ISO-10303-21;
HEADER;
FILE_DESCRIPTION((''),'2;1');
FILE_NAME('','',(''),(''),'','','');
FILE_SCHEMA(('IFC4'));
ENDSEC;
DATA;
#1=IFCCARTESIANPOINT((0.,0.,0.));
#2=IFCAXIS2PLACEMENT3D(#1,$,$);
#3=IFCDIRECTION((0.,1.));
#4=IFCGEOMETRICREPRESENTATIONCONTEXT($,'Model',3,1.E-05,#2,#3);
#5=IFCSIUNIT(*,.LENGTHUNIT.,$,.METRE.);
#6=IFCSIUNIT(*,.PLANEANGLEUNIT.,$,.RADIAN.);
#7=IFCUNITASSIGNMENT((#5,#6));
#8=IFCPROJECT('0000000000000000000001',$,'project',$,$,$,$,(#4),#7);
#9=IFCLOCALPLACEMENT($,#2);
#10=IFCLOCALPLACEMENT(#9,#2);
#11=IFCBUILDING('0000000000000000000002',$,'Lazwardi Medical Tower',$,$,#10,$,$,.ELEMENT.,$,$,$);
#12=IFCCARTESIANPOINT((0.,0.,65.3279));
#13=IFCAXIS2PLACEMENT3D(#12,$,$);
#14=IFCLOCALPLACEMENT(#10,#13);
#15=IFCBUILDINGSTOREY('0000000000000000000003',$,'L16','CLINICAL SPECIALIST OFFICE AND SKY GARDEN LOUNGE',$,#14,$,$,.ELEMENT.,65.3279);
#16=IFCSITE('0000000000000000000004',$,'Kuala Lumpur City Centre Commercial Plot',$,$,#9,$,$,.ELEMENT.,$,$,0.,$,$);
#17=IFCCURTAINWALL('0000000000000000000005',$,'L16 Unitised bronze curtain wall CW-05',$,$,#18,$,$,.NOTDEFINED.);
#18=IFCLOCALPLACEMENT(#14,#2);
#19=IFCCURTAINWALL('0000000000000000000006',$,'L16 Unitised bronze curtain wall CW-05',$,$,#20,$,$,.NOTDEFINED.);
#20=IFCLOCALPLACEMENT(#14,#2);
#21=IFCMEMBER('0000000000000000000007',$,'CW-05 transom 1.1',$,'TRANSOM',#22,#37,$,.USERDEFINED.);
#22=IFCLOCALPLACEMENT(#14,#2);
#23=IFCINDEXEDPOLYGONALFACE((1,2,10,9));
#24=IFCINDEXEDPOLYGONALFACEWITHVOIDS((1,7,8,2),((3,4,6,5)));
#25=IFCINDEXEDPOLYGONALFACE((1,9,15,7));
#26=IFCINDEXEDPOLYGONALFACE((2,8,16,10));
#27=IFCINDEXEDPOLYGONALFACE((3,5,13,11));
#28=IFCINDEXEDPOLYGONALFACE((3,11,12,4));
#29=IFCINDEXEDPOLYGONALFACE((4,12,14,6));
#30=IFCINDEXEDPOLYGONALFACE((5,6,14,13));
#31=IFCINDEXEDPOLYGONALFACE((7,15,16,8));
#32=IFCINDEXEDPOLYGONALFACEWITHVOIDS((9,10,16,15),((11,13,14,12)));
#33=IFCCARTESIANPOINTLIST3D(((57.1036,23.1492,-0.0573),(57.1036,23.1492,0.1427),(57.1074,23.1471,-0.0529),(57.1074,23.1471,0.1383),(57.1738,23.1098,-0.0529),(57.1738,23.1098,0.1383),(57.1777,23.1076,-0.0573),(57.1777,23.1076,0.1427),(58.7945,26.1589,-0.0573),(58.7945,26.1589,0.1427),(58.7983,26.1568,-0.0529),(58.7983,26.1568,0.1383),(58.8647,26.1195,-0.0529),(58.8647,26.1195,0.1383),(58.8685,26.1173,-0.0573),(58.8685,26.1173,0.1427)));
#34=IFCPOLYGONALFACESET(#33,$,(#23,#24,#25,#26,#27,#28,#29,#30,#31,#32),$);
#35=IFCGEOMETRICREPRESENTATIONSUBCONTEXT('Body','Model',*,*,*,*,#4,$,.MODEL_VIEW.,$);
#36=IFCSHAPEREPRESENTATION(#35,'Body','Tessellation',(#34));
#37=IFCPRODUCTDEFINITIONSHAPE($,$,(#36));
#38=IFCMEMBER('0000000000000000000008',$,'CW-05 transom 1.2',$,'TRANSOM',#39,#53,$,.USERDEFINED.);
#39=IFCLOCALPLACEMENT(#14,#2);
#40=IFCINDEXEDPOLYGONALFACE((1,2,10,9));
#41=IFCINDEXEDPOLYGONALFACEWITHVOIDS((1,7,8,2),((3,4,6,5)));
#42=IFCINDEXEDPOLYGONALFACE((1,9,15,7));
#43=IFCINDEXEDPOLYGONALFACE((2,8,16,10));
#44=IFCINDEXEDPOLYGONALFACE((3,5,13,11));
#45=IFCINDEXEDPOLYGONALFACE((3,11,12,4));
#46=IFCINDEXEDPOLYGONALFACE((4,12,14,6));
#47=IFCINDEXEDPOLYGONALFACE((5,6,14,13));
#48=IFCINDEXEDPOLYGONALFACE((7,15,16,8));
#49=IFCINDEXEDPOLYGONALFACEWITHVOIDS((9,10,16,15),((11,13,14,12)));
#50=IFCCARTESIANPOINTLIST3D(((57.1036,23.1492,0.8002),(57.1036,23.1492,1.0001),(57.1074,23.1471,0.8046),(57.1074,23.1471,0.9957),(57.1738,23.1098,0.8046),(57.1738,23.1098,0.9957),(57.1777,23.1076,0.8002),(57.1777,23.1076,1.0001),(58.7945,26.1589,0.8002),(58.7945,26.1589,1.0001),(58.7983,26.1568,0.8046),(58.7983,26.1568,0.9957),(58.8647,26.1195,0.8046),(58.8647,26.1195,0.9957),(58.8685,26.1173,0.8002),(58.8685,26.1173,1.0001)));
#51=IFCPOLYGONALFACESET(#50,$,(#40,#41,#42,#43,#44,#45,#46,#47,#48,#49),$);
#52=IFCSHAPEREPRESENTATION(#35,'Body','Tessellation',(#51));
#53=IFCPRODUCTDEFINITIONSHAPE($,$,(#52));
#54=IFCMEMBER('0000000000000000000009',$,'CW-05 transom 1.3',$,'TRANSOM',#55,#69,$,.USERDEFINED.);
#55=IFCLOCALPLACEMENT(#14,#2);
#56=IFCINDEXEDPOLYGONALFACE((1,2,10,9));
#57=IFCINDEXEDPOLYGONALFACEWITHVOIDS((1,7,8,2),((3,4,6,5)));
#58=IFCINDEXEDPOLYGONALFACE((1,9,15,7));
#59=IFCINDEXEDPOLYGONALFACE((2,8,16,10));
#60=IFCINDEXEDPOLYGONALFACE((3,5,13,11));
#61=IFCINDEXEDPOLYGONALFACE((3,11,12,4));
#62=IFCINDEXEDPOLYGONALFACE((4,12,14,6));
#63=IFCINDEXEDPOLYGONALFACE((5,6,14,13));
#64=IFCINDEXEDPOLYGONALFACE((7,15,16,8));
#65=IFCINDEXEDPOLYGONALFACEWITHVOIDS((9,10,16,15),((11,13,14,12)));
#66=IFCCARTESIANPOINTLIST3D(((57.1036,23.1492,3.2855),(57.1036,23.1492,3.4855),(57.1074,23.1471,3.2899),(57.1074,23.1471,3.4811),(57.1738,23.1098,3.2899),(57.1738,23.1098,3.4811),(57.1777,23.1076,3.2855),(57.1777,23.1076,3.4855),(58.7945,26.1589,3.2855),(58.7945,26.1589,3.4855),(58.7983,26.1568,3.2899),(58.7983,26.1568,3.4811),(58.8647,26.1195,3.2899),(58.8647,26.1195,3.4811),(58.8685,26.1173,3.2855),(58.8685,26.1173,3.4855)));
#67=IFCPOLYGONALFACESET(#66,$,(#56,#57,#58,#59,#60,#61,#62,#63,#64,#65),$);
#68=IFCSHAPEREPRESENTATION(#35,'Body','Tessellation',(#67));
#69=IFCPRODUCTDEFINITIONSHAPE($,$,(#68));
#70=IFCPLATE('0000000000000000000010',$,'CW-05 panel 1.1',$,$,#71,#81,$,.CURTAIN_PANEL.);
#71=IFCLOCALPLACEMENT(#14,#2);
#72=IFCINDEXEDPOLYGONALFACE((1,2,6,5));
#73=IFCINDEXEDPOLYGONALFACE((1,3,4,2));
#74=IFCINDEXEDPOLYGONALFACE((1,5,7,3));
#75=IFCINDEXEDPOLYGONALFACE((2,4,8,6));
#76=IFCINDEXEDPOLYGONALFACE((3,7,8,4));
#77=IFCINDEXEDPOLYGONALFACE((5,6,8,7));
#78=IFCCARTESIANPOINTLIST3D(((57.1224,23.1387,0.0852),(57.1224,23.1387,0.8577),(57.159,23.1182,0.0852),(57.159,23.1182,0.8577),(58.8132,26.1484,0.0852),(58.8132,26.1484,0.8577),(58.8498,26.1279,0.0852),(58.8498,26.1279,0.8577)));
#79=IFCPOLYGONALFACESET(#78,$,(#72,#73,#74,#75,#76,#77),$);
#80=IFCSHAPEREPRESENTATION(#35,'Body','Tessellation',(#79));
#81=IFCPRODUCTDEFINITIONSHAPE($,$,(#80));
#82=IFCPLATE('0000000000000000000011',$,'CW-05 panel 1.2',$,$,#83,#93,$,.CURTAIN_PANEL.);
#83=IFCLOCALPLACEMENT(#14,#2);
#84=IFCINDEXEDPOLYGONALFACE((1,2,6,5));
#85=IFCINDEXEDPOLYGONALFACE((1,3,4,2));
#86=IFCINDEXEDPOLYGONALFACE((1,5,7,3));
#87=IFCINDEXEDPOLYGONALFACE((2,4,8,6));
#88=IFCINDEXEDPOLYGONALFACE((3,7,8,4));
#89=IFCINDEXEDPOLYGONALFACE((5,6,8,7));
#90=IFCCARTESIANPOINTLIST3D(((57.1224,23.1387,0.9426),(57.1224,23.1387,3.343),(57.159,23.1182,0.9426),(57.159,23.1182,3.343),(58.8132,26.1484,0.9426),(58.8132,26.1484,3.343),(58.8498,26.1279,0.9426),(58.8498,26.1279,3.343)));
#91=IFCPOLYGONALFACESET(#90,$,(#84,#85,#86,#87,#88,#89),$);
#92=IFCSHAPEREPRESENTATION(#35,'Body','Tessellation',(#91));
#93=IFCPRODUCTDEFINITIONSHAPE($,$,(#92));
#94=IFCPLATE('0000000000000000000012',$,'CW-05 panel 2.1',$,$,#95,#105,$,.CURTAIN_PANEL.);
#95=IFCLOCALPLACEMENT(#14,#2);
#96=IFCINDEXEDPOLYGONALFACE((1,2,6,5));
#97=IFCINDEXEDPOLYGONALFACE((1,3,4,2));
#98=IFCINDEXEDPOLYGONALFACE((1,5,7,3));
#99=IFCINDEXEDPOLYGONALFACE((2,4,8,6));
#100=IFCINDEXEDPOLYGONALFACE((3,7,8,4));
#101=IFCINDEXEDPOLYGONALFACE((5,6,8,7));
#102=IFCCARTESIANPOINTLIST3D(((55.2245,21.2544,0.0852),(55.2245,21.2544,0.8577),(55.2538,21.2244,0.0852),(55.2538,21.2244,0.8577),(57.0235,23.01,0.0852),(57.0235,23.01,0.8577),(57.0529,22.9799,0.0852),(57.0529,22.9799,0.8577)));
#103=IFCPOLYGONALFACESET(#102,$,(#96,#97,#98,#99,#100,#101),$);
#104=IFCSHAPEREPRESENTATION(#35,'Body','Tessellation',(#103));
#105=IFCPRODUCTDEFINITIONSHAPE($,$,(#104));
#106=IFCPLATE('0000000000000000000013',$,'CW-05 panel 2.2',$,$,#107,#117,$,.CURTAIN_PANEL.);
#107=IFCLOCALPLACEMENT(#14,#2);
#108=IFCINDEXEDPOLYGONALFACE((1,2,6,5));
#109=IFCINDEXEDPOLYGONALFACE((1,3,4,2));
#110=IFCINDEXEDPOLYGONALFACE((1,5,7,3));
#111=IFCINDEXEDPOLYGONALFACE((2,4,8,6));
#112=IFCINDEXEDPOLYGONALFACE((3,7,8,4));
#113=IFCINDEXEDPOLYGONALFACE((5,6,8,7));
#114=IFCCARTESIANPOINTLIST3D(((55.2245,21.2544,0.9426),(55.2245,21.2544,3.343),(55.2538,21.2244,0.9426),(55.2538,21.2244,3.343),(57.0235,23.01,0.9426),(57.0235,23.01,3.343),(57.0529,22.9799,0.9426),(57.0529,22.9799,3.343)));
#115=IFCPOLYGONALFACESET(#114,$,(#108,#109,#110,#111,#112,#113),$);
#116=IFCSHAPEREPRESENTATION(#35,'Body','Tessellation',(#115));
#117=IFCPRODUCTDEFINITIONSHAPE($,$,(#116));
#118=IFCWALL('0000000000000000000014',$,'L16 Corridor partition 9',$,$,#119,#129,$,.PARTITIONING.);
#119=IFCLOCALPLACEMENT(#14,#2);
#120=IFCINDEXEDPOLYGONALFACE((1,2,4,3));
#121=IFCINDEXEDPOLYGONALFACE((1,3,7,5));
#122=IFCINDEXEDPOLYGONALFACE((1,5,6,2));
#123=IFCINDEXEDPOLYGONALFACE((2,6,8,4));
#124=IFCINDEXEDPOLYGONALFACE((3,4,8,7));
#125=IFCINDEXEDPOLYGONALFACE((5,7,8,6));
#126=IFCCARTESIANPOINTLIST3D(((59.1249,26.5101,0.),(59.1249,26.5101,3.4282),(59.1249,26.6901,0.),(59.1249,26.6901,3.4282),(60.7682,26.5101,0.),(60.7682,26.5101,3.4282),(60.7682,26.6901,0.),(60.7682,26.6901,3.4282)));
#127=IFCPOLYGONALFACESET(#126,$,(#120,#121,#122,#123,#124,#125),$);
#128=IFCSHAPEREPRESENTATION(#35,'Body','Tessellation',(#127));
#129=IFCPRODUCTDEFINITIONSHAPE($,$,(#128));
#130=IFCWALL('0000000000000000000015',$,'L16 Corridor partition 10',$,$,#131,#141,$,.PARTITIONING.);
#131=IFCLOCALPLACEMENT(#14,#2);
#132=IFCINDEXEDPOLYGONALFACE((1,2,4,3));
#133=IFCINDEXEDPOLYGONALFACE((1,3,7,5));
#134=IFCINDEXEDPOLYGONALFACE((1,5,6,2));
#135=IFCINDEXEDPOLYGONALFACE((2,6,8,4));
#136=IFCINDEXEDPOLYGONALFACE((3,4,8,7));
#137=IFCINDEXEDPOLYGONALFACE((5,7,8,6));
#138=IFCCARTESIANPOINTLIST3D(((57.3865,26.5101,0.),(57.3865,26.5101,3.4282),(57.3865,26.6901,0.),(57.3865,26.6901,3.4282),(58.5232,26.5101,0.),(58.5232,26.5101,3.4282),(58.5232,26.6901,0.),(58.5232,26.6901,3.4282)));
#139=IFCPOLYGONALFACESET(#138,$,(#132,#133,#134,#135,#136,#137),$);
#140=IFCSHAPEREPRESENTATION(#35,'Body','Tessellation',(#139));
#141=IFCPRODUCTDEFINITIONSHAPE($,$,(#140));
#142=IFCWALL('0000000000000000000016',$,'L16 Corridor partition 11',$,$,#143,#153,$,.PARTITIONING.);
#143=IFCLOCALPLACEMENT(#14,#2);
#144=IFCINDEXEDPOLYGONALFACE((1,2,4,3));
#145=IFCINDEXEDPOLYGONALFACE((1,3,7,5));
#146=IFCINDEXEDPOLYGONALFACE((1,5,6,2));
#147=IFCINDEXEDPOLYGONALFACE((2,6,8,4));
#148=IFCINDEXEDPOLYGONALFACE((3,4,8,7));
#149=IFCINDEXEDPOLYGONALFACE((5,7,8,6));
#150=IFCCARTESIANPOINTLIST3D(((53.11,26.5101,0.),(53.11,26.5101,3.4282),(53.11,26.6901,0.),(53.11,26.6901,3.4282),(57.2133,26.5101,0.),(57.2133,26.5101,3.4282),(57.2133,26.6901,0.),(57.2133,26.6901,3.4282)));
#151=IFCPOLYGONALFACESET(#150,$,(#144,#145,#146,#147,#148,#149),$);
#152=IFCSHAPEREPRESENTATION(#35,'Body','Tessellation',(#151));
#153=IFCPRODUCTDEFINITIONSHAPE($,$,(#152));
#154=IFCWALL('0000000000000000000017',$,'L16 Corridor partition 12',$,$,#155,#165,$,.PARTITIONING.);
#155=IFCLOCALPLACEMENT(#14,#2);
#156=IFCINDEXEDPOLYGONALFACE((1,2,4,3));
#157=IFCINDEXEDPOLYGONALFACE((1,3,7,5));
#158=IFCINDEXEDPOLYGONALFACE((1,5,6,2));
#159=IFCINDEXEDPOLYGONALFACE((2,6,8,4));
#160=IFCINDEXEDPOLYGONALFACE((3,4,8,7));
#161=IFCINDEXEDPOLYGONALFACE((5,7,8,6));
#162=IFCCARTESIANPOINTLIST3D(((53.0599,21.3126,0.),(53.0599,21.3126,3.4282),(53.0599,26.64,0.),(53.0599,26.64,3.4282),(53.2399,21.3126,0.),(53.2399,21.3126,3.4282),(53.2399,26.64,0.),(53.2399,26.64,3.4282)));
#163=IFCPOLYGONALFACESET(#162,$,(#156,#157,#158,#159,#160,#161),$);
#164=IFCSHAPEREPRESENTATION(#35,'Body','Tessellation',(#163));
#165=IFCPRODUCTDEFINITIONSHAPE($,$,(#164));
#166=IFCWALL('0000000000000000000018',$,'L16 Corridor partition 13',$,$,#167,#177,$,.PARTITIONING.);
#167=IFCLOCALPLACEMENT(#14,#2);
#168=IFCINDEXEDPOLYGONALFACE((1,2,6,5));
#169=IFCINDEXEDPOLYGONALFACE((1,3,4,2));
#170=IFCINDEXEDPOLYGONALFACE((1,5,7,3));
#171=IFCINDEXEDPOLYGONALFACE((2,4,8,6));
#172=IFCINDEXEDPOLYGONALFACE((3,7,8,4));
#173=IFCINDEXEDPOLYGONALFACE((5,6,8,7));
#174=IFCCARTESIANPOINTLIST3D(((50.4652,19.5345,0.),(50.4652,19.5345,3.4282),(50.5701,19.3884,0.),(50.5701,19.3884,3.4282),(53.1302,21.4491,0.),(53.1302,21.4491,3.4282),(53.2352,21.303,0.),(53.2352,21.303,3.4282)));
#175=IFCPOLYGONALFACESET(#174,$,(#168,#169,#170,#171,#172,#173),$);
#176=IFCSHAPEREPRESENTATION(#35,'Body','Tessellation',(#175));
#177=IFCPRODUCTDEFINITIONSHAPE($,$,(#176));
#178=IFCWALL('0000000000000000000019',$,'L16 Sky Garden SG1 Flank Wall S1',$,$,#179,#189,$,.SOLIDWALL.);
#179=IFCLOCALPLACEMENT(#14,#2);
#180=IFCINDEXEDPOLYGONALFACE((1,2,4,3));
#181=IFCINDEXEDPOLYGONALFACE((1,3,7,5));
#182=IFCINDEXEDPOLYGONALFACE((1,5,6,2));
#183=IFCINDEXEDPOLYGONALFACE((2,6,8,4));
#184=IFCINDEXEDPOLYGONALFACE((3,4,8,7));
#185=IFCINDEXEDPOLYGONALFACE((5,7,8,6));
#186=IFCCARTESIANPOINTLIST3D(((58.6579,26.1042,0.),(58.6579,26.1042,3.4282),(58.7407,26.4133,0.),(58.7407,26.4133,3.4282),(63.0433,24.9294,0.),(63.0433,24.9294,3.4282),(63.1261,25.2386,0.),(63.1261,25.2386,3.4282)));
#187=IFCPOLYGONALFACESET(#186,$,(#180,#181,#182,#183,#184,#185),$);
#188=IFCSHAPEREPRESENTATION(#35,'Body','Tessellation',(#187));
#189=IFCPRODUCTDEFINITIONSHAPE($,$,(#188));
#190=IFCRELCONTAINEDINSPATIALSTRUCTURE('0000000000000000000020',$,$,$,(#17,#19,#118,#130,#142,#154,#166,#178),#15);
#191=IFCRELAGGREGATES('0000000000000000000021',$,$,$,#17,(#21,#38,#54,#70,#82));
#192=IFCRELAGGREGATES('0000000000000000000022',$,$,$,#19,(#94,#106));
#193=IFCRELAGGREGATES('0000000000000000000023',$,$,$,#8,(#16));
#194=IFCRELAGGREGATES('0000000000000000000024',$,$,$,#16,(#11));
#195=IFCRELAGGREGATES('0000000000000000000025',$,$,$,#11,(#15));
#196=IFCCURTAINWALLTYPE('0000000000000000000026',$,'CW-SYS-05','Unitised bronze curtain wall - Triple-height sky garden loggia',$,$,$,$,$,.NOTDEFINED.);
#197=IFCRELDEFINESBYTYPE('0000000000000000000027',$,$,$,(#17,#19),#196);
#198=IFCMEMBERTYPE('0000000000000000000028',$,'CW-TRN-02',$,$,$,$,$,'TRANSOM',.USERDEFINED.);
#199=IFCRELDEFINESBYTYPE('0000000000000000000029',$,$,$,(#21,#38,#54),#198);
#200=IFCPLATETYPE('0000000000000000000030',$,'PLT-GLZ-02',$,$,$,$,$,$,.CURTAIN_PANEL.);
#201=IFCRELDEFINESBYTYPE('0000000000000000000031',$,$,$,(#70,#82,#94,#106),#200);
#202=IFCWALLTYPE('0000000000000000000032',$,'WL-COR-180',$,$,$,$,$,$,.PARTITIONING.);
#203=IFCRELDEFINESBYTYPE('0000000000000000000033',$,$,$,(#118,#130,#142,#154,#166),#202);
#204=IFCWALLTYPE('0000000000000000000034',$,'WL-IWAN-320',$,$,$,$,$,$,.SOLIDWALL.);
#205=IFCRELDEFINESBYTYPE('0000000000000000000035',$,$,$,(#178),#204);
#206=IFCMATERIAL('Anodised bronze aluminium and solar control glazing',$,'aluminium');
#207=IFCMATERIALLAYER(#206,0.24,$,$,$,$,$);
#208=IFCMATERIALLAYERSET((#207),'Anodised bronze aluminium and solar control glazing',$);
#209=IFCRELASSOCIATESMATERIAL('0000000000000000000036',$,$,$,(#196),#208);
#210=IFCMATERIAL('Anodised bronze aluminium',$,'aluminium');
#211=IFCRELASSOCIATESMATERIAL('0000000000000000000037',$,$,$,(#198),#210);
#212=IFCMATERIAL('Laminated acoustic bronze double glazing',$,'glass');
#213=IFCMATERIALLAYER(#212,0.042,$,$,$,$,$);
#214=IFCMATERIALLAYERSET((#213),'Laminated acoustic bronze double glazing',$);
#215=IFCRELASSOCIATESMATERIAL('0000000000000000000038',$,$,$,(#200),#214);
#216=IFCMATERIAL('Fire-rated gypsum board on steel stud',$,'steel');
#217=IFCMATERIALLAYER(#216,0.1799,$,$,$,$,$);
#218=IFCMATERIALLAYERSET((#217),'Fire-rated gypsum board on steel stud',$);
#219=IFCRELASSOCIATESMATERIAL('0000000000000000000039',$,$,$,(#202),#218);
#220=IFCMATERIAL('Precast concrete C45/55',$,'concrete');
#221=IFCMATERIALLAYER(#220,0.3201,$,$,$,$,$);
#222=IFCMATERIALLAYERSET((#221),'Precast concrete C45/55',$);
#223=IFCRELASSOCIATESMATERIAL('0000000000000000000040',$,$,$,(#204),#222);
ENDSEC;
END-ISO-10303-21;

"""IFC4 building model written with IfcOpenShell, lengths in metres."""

from ifc_helpers import new_model, si_unit, direction, frame, frame_2d, origin, origin_2d, place, context, subcontext, project, spatial, rectangle, hollow_rectangle, extrude, material, layer, layer_set, material_profile, profile_set, type_object, element, aggregate, save


model = new_model("IFC4")

# Units and contexts
model_context = context("Model", 3, precision=1e-05, world=origin(), true_north=direction((0.0, 1.0)))
body_context = subcontext(model_context, "Body", "Model", "MODEL_VIEW")
ifc_project = project(units=[si_unit("LENGTHUNIT", "METRE"), si_unit("PLANEANGLEUNIT", "RADIAN")], contexts=[model_context])

# Site, building, storey
site_placement = place(None, origin())
site = spatial("IfcSite", under=ifc_project, at=site_placement, Name="Kuala Lumpur City Centre Commercial Plot", CompositionType="ELEMENT", RefElevation=0.0)
building_placement = place(site_placement, origin())
building = spatial("IfcBuilding", under=site, at=building_placement, Name="Lazwardi Medical Tower", CompositionType="ELEMENT")
storey_placement = place(building_placement, frame((0.0, 0.0, 65.3279)))
storey = spatial("IfcBuildingStorey", under=building, at=storey_placement, Name="L16", Description="CLINICAL SPECIALIST OFFICE AND SKY GARDEN LOUNGE", CompositionType="ELEMENT", Elevation=65.3279)

# Shared definitions
ifc_material_1 = material(Name="Anodised bronze aluminium and solar control glazing", Category="aluminium")
ifc_material_2 = material(Name="Anodised bronze aluminium", Category="aluminium")

# Curtain wall
ifc_layer_1 = layer(ifc_material_1, 0.24)
ifc_layer_set_1 = layer_set([ifc_layer_1], Name="Anodised bronze aluminium and solar control glazing")
curtain_wall_type_1 = type_object("IfcCurtainWallType", Name="CW-SYS-05", Description="Unitised bronze curtain wall - Triple-height sky garden loggia", PredefinedType="NOTDEFINED", material=ifc_layer_set_1)
curtain_wall_1_placement = place(storey_placement, origin())
curtain_wall_1 = element("IfcCurtainWall", 1, at=curtain_wall_1_placement, inside=storey, type_object=curtain_wall_type_1, Name="L16 Unitised bronze curtain wall CW-05", PredefinedType="NOTDEFINED")

# Curtain wall
curtain_wall_2_placement = place(storey_placement, origin())
curtain_wall_2 = element("IfcCurtainWall", 2, at=curtain_wall_2_placement, inside=storey, type_object=curtain_wall_type_1, Name="L16 Unitised bronze curtain wall CW-05", PredefinedType="NOTDEFINED")

# Members
ifc_material_profile_1 = material_profile(ifc_material_2, hollow_rectangle(XDim=0.085, YDim=0.2, WallThickness=0.0044, at=origin_2d()), Name="ALU-TRANSOM 200x85x4.5")
ifc_profile_set_1 = profile_set([ifc_material_profile_1], Name="Anodised bronze aluminium")
member_type_1 = type_object("IfcMemberType", Name="CW-TRN-02", ElementType="TRANSOM", PredefinedType="USERDEFINED", material=ifc_profile_set_1)
member_1_placement = place(storey_placement, frame((57.1406, 23.1284, 0.0427), z_axis=(0.489805, 0.871832, 0.0), x_axis=(-0.871832, 0.489805, 0.0)))
member_1 = element("IfcMember", 3, at=member_1_placement, type_object=member_type_1, Name="CW-05 transom 1.1", ObjectType="TRANSOM", PredefinedType="USERDEFINED", context=body_context, shape_type="SweptSolid", body=[
    extrude(hollow_rectangle(XDim=0.085, YDim=0.2, WallThickness=0.0044, at=origin_2d()), origin(), (0.0, 0.0, 1.0), 3.4521),
])
member_2_placement = place(storey_placement, frame((57.1406, 23.1284, 0.9001), z_axis=(0.489805, 0.871832, 0.0), x_axis=(-0.871832, 0.489805, 0.0)))
member_2 = element("IfcMember", 4, at=member_2_placement, type_object=member_type_1, Name="CW-05 transom 1.2", ObjectType="TRANSOM", PredefinedType="USERDEFINED", context=body_context, shape_type="SweptSolid", body=[
    extrude(hollow_rectangle(XDim=0.085, YDim=0.2, WallThickness=0.0044, at=origin_2d()), origin(), (0.0, 0.0, 1.0), 3.4521),
])
member_3_placement = place(storey_placement, frame((57.1406, 23.1284, 3.3855), z_axis=(0.489805, 0.871832, 0.0), x_axis=(-0.871832, 0.489805, 0.0)))
member_3 = element("IfcMember", 5, at=member_3_placement, type_object=member_type_1, Name="CW-05 transom 1.3", ObjectType="TRANSOM", PredefinedType="USERDEFINED", context=body_context, shape_type="SweptSolid", body=[
    extrude(hollow_rectangle(XDim=0.085, YDim=0.2, WallThickness=0.0044, at=origin_2d()), origin(), (0.0, 0.0, 1.0), 3.4521),
])

# Plates
ifc_material_3 = material(Name="Laminated acoustic bronze double glazing", Category="glass")
ifc_layer_2 = layer(ifc_material_3, 0.042)
ifc_layer_set_2 = layer_set([ifc_layer_2], Name="Laminated acoustic bronze double glazing")
plate_type = type_object("IfcPlateType", Name="PLT-GLZ-02", PredefinedType="CURTAIN_PANEL", material=ifc_layer_set_2)
plate_1_placement = place(storey_placement, frame((57.9861, 24.6333, 0.0852), z_axis=(0.0, 0.0, 1.0), x_axis=(0.489796, 0.871837, 0.0)))
plate_1 = element("IfcPlate", 6, at=plate_1_placement, type_object=plate_type, Name="CW-05 panel 1.1", PredefinedType="CURTAIN_PANEL", context=body_context, shape_type="SweptSolid", body=[
    extrude(rectangle(XDim=3.4521, YDim=0.042, at=origin_2d()), origin(), (0.0, 0.0, 1.0), 0.7725),
])
plate_2_placement = place(storey_placement, frame((57.9861, 24.6333, 0.9426), z_axis=(0.0, 0.0, 1.0), x_axis=(0.489796, 0.871837, 0.0)))
plate_2 = element("IfcPlate", 7, at=plate_2_placement, type_object=plate_type, Name="CW-05 panel 1.2", PredefinedType="CURTAIN_PANEL", context=body_context, shape_type="SweptSolid", body=[
    extrude(rectangle(XDim=3.4521, YDim=0.042, at=origin_2d()), origin(), (0.0, 0.0, 1.0), 2.4004),
])
aggregate(curtain_wall_1, [member_1, member_2, member_3, plate_1, plate_2])
plate_3_placement = place(storey_placement, frame((56.1387, 22.1172, 0.0852), z_axis=(0.0, 0.0, 1.0), x_axis=(0.715706, 0.698402, 0.0)))
plate_3 = element("IfcPlate", 8, at=plate_3_placement, type_object=plate_type, Name="CW-05 panel 2.1", PredefinedType="CURTAIN_PANEL", context=body_context, shape_type="SweptSolid", body=[
    extrude(rectangle(XDim=2.5137, YDim=0.042, at=origin_2d()), origin(), (0.0, 0.0, 1.0), 0.7725),
])
plate_4_placement = place(storey_placement, frame((56.1387, 22.1172, 0.9426), z_axis=(0.0, 0.0, 1.0), x_axis=(0.715706, 0.698402, 0.0)))
plate_4 = element("IfcPlate", 9, at=plate_4_placement, type_object=plate_type, Name="CW-05 panel 2.2", PredefinedType="CURTAIN_PANEL", context=body_context, shape_type="SweptSolid", body=[
    extrude(rectangle(XDim=2.5137, YDim=0.042, at=origin_2d()), origin(), (0.0, 0.0, 1.0), 2.4004),
])
aggregate(curtain_wall_2, [plate_3, plate_4])

# Walls
ifc_material_4 = material(Name="Fire-rated gypsum board on steel stud", Category="steel")
ifc_layer_3 = layer(ifc_material_4, 0.1799)
ifc_layer_set_3 = layer_set([ifc_layer_3], Name="Fire-rated gypsum board on steel stud")
wall_type_1 = type_object("IfcWallType", Name="WL-COR-180", PredefinedType="PARTITIONING", material=ifc_layer_set_3)
wall_1_placement = place(storey_placement, frame((60.7683, 26.6001, 0.0), z_axis=(0.0, 0.0, 1.0), x_axis=(-1.0, 0.0, 0.0)))
element("IfcWall", 10, at=wall_1_placement, inside=storey, type_object=wall_type_1, Name="L16 Corridor partition 9", PredefinedType="PARTITIONING", context=body_context, shape_type="SweptSolid", body=[
    extrude(rectangle(XDim=1.6433, YDim=0.1799, at=frame_2d((0.8218, 0.0))), origin(), (0.0, 0.0, 1.0), 3.4282),
])
wall_2_placement = place(storey_placement, frame((58.5232, 26.6001, 0.0), z_axis=(0.0, 0.0, 1.0), x_axis=(-1.0, 0.0, 0.0)))
element("IfcWall", 11, at=wall_2_placement, inside=storey, type_object=wall_type_1, Name="L16 Corridor partition 10", PredefinedType="PARTITIONING", context=body_context, shape_type="SweptSolid", body=[
    extrude(rectangle(XDim=1.1367, YDim=0.1799, at=frame_2d((0.5684, 0.0))), origin(), (0.0, 0.0, 1.0), 3.4282),
])
wall_3_placement = place(storey_placement, frame((57.2134, 26.6001, 0.0), z_axis=(0.0, 0.0, 1.0), x_axis=(-1.0, 0.0, 0.0)))
element("IfcWall", 12, at=wall_3_placement, inside=storey, type_object=wall_type_1, Name="L16 Corridor partition 11", PredefinedType="PARTITIONING", context=body_context, shape_type="SweptSolid", body=[
    extrude(rectangle(XDim=4.1033, YDim=0.1799, at=frame_2d((2.0518, 0.0))), origin(), (0.0, 0.0, 1.0), 3.4282),
])
wall_4_placement = place(storey_placement, frame((53.1499, 26.6399, 0.0), z_axis=(0.0, 0.0, 1.0), x_axis=(0.0, -1.0, 0.0)))
element("IfcWall", 13, at=wall_4_placement, inside=storey, type_object=wall_type_1, Name="L16 Corridor partition 12", PredefinedType="PARTITIONING", context=body_context, shape_type="SweptSolid", body=[
    extrude(rectangle(XDim=5.3274, YDim=0.1799, at=frame_2d((2.6636, 0.0))), origin(), (0.0, 0.0, 1.0), 3.4282),
])
wall_5_placement = place(storey_placement, frame((53.1826, 21.376, 0.0), z_axis=(0.0, 0.0, 1.0), x_axis=(-0.812152, -0.583446, 0.0)))
element("IfcWall", 14, at=wall_5_placement, inside=storey, type_object=wall_type_1, Name="L16 Corridor partition 13", PredefinedType="PARTITIONING", context=body_context, shape_type="SweptSolid", body=[
    extrude(rectangle(XDim=3.2815, YDim=0.1799, at=frame_2d((1.6406, 0.0))), origin(), (0.0, 0.0, 1.0), 3.4282),
])
ifc_material_5 = material(Name="Precast concrete C45/55", Category="concrete")
ifc_layer_4 = layer(ifc_material_5, 0.3201)
ifc_layer_set_4 = layer_set([ifc_layer_4], Name="Precast concrete C45/55")
wall_type_2 = type_object("IfcWallType", Name="WL-IWAN-320", PredefinedType="SOLIDWALL", material=ifc_layer_set_4)
wall_6_placement = place(storey_placement, frame((63.0847, 25.084, 0.0), z_axis=(0.0, 0.0, 1.0), x_axis=(-0.965942, 0.25876, 0.0)))
element("IfcWall", 15, at=wall_6_placement, inside=storey, type_object=wall_type_2, Name="L16 Sky Garden SG1 Flank Wall S1", PredefinedType="SOLIDWALL", context=body_context, shape_type="SweptSolid", body=[
    extrude(rectangle(XDim=4.54, YDim=0.3201, at=frame_2d((2.27, 0.0))), origin(), (0.0, 0.0, 1.0), 3.4282),
])

save(model, "model.ifc")
